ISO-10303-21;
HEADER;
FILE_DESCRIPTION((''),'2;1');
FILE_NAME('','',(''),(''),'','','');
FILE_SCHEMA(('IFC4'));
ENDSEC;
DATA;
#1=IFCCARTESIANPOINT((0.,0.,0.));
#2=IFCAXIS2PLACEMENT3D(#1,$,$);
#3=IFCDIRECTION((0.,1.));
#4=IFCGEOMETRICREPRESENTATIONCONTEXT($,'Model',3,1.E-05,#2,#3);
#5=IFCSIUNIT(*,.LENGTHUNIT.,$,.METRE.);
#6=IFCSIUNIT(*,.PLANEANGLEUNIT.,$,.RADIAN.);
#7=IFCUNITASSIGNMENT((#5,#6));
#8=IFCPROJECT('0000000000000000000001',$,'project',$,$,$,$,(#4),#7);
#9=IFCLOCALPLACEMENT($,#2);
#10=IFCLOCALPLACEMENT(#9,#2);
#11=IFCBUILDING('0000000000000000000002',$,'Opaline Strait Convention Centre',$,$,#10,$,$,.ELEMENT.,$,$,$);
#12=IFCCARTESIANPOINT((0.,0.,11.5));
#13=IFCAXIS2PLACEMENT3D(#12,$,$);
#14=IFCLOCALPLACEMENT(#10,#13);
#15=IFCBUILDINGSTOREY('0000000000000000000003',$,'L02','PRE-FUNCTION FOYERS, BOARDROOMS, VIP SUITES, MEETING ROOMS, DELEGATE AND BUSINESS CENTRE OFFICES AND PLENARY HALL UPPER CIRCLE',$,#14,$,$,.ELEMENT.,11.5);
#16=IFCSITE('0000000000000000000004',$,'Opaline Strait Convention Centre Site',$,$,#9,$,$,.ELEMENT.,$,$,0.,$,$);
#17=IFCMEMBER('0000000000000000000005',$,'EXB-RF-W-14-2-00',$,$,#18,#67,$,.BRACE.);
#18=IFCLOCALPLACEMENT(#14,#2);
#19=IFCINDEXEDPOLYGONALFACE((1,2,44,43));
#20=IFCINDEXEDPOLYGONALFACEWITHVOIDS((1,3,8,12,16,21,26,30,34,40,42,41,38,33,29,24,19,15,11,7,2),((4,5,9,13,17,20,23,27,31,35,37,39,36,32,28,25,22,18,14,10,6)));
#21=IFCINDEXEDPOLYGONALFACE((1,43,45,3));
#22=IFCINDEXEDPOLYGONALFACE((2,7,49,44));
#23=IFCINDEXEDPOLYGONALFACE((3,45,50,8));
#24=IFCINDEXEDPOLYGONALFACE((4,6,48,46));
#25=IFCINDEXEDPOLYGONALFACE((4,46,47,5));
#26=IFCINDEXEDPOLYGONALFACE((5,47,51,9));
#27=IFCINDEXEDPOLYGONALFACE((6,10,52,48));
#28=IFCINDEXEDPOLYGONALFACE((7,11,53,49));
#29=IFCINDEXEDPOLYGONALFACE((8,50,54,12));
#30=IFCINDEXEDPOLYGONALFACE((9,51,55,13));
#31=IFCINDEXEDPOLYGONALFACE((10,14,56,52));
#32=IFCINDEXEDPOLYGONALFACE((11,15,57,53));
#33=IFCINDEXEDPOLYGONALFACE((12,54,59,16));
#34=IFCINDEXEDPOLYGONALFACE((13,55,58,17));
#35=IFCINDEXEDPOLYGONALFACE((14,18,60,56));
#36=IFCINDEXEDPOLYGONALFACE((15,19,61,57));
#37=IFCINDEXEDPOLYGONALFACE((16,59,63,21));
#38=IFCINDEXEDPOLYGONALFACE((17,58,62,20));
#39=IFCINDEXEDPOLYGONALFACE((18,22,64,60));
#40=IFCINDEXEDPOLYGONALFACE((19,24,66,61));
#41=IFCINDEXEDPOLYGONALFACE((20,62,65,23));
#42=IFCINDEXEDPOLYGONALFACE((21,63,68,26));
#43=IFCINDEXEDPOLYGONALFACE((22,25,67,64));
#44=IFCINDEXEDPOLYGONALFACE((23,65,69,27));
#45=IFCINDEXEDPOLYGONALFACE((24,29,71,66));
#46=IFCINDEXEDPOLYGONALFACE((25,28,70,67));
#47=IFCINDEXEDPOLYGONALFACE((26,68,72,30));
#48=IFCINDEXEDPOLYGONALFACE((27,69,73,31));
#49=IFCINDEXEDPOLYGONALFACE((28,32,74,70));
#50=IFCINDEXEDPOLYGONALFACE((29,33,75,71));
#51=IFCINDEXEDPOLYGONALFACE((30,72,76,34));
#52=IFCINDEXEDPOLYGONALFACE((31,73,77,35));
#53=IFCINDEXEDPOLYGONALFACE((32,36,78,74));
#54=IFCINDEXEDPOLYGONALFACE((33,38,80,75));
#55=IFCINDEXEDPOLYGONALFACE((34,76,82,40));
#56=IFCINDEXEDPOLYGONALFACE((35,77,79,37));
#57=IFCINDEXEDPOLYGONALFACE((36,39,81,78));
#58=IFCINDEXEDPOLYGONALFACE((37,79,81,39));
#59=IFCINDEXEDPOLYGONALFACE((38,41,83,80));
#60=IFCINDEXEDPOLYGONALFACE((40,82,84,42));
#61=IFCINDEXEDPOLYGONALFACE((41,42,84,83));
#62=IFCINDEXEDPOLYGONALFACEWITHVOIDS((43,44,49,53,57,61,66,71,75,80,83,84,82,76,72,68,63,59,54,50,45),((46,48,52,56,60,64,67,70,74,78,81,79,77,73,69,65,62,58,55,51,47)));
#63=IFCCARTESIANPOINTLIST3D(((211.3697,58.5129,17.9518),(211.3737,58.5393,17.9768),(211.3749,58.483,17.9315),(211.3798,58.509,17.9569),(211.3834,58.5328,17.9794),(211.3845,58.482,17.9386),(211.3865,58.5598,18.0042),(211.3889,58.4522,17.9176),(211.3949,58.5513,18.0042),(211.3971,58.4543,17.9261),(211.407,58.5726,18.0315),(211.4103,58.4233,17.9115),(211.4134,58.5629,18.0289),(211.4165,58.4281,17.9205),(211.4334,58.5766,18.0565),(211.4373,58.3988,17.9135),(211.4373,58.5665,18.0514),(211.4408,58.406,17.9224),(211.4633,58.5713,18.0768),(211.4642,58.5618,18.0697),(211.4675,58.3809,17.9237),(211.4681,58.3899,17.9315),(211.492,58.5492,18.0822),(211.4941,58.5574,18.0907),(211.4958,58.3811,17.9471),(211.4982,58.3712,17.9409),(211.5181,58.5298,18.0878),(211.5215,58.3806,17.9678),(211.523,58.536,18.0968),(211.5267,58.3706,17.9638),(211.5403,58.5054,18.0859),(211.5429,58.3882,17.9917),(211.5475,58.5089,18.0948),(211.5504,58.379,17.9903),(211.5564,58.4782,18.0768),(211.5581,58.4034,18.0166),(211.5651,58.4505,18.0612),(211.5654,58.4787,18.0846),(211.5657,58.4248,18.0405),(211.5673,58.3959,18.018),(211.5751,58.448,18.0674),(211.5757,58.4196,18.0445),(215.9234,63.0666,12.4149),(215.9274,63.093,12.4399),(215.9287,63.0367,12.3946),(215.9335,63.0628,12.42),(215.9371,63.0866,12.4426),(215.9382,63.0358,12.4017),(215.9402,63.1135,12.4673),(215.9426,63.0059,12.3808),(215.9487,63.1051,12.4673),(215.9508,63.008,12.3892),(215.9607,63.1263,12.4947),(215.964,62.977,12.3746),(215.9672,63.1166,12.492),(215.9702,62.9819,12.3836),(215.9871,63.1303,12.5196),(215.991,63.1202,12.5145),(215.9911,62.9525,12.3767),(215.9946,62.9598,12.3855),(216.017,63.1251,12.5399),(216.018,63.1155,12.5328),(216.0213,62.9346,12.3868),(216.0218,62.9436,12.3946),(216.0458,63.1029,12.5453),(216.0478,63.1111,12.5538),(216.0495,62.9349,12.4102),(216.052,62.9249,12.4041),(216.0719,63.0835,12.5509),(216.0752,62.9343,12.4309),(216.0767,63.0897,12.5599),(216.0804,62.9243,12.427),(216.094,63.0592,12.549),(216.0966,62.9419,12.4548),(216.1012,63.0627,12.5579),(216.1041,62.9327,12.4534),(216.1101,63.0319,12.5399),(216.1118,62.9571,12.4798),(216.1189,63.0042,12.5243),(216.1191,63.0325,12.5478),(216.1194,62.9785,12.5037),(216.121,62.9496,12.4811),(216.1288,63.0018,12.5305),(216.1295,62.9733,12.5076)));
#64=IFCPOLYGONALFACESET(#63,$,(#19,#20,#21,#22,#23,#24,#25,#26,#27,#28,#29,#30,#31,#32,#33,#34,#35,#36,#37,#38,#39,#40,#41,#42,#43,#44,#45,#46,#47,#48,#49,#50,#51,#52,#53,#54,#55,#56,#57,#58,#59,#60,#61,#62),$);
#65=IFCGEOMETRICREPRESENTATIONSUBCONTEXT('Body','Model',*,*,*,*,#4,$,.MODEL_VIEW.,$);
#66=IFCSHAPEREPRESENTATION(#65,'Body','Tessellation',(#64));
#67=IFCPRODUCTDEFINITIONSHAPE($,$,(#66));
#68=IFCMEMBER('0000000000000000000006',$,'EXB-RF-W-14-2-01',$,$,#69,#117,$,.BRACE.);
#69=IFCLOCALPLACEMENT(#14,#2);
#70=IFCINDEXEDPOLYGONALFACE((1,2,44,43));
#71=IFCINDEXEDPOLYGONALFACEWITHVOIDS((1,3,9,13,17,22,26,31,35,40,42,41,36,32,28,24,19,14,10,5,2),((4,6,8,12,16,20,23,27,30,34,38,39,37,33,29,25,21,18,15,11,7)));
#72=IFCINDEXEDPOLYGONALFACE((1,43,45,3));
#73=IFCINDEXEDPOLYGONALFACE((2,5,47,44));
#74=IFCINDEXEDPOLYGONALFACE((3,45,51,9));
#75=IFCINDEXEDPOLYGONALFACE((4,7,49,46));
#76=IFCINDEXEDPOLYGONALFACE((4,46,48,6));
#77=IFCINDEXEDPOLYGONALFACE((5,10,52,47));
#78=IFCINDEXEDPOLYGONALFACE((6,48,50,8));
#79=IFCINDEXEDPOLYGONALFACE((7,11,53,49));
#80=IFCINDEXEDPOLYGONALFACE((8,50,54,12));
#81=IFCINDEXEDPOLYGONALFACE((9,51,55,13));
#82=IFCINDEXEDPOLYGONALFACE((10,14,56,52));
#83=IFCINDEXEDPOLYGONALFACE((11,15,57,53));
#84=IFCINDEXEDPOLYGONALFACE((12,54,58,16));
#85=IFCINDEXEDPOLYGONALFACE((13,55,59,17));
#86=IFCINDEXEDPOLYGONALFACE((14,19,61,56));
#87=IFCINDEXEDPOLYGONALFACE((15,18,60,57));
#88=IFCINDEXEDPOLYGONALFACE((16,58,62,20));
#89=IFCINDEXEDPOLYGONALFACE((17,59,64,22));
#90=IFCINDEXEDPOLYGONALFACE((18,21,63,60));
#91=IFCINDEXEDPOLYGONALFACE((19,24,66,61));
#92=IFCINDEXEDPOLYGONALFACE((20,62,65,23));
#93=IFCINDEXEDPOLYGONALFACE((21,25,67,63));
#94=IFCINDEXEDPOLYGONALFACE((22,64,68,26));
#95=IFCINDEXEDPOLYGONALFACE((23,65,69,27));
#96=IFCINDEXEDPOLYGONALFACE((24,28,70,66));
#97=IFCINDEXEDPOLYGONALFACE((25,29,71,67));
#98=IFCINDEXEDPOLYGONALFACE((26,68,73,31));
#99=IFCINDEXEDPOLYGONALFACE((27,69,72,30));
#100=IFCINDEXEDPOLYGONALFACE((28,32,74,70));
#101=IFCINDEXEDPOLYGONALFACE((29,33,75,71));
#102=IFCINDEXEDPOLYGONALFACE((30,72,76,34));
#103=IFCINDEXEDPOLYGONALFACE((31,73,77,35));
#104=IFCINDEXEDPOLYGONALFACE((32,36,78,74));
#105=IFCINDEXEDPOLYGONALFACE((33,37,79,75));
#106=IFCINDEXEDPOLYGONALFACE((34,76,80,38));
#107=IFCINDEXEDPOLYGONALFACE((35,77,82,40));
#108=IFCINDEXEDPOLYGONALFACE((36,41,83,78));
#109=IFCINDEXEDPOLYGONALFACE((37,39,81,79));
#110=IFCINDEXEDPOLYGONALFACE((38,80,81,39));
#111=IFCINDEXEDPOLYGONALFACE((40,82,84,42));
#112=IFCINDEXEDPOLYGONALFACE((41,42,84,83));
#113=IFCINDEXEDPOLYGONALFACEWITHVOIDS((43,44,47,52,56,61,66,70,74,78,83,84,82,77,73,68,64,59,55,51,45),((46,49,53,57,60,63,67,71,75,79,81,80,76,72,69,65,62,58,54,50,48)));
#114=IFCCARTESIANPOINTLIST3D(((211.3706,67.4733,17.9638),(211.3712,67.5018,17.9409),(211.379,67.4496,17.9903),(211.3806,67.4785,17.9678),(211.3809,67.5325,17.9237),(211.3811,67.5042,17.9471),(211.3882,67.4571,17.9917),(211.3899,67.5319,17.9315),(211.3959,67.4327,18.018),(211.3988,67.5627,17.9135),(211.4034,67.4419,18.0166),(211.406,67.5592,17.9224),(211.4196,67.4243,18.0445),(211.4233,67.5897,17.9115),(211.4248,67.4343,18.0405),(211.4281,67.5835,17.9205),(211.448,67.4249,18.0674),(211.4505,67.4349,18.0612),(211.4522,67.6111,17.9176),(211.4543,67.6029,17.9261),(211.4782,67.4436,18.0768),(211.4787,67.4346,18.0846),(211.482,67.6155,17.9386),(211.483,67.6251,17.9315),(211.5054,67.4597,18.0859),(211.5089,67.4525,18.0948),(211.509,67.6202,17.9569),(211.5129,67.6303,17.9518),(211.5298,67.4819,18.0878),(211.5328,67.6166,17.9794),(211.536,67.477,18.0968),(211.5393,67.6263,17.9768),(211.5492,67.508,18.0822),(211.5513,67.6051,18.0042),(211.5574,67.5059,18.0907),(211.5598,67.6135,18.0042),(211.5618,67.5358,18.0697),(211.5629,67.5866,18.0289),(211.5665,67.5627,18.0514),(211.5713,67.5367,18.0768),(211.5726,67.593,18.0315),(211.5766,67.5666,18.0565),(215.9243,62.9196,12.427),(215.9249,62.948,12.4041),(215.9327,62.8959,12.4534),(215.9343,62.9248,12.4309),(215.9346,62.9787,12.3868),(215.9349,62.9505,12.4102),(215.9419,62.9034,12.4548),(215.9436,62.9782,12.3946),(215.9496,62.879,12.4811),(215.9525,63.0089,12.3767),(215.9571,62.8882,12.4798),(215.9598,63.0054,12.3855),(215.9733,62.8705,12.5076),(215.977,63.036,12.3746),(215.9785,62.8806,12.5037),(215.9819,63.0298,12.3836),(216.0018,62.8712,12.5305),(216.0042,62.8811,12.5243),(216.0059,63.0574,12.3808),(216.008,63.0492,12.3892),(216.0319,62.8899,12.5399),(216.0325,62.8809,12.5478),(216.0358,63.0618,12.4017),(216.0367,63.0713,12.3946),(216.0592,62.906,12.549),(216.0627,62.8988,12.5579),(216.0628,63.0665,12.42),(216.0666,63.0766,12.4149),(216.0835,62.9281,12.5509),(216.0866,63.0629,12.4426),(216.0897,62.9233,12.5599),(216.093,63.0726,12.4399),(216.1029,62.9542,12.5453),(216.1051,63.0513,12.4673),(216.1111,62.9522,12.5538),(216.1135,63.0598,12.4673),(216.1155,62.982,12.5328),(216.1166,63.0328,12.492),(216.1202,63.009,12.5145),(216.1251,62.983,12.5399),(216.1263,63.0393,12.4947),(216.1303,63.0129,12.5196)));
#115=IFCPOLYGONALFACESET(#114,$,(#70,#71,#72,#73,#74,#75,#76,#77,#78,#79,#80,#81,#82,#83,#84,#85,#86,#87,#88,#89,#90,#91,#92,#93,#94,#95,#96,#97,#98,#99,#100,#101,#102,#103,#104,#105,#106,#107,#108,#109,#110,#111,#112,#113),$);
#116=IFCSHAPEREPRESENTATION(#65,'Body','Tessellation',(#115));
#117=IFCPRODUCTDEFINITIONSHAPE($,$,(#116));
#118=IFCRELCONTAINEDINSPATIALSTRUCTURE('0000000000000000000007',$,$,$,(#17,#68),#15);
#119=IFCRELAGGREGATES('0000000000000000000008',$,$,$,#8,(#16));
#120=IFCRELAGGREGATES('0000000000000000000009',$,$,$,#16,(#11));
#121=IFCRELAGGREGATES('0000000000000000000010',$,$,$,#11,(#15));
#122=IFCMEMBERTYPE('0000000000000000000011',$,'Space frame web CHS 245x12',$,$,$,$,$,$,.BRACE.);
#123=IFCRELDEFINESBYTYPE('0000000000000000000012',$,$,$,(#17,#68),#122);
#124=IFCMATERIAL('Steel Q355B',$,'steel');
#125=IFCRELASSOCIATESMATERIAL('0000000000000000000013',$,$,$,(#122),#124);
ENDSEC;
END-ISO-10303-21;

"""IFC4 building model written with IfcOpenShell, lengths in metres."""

from ifc_helpers import new_model, si_unit, direction, frame, origin, origin_2d, place, context, subcontext, project, spatial, hollow_circle, extrude, material, material_profile, profile_set, type_object, element, save


model = new_model("IFC4")

# Units and contexts
model_context = context("Model", 3, precision=1e-05, world=origin(), true_north=direction((0.0, 1.0)))
body_context = subcontext(model_context, "Body", "Model", "MODEL_VIEW")
ifc_project = project(units=[si_unit("LENGTHUNIT", "METRE"), si_unit("PLANEANGLEUNIT", "RADIAN")], contexts=[model_context])

# Site, building, storey
site_placement = place(None, origin())
site = spatial("IfcSite", under=ifc_project, at=site_placement, Name="Opaline Strait Convention Centre Site", CompositionType="ELEMENT", RefElevation=0.0)
building_placement = place(site_placement, origin())
building = spatial("IfcBuilding", under=site, at=building_placement, Name="Opaline Strait Convention Centre", CompositionType="ELEMENT")
storey_placement = place(building_placement, frame((0.0, 0.0, 11.5)))
storey = spatial("IfcBuildingStorey", under=building, at=storey_placement, Name="L02", Description="PRE-FUNCTION FOYERS, BOARDROOMS, VIP SUITES, MEETING ROOMS, DELEGATE AND BUSINESS CENTRE OFFICES AND PLENARY HALL UPPER CIRCLE", CompositionType="ELEMENT", Elevation=11.5)

# Members
ifc_material = material(Name="Steel Q355B", Category="steel")
ifc_material_profile_1 = material_profile(ifc_material, hollow_circle(Radius=0.1226, WallThickness=0.012, at=origin_2d()), Name="CHS 245x12")
ifc_profile_set_1 = profile_set([ifc_material_profile_1], Name="Steel Q355B")
member_type_1 = type_object("IfcMemberType", Name="Space frame web CHS 245x12", PredefinedType="BRACE", material=ifc_profile_set_1)
for number, where, z_axis, x_axis, name in (
    (1, (211.4731, 58.4731, 18.0042), (0.536178, 0.536178, -0.65194), (-0.707107, 0.707107, 0.0), "EXB-RF-W-14-2-00"),
    (2, (211.4731, 67.5269, 18.0042), (0.536178, -0.536178, -0.65194), (0.707107, 0.707107, 0.0), "EXB-RF-W-14-2-01"),
):
    element("IfcMember", number, at=place(storey_placement, frame(where, z_axis=z_axis, x_axis=x_axis)), inside=storey, type_object=member_type_1, Name=name, PredefinedType="BRACE", context=body_context, shape_type="SweptSolid", body=[
        extrude(hollow_circle(Radius=0.1226, WallThickness=0.012, at=origin_2d()), origin(), (0.0, 0.0, 1.0), 8.4929),
    ])

save(model, "model.ifc")
